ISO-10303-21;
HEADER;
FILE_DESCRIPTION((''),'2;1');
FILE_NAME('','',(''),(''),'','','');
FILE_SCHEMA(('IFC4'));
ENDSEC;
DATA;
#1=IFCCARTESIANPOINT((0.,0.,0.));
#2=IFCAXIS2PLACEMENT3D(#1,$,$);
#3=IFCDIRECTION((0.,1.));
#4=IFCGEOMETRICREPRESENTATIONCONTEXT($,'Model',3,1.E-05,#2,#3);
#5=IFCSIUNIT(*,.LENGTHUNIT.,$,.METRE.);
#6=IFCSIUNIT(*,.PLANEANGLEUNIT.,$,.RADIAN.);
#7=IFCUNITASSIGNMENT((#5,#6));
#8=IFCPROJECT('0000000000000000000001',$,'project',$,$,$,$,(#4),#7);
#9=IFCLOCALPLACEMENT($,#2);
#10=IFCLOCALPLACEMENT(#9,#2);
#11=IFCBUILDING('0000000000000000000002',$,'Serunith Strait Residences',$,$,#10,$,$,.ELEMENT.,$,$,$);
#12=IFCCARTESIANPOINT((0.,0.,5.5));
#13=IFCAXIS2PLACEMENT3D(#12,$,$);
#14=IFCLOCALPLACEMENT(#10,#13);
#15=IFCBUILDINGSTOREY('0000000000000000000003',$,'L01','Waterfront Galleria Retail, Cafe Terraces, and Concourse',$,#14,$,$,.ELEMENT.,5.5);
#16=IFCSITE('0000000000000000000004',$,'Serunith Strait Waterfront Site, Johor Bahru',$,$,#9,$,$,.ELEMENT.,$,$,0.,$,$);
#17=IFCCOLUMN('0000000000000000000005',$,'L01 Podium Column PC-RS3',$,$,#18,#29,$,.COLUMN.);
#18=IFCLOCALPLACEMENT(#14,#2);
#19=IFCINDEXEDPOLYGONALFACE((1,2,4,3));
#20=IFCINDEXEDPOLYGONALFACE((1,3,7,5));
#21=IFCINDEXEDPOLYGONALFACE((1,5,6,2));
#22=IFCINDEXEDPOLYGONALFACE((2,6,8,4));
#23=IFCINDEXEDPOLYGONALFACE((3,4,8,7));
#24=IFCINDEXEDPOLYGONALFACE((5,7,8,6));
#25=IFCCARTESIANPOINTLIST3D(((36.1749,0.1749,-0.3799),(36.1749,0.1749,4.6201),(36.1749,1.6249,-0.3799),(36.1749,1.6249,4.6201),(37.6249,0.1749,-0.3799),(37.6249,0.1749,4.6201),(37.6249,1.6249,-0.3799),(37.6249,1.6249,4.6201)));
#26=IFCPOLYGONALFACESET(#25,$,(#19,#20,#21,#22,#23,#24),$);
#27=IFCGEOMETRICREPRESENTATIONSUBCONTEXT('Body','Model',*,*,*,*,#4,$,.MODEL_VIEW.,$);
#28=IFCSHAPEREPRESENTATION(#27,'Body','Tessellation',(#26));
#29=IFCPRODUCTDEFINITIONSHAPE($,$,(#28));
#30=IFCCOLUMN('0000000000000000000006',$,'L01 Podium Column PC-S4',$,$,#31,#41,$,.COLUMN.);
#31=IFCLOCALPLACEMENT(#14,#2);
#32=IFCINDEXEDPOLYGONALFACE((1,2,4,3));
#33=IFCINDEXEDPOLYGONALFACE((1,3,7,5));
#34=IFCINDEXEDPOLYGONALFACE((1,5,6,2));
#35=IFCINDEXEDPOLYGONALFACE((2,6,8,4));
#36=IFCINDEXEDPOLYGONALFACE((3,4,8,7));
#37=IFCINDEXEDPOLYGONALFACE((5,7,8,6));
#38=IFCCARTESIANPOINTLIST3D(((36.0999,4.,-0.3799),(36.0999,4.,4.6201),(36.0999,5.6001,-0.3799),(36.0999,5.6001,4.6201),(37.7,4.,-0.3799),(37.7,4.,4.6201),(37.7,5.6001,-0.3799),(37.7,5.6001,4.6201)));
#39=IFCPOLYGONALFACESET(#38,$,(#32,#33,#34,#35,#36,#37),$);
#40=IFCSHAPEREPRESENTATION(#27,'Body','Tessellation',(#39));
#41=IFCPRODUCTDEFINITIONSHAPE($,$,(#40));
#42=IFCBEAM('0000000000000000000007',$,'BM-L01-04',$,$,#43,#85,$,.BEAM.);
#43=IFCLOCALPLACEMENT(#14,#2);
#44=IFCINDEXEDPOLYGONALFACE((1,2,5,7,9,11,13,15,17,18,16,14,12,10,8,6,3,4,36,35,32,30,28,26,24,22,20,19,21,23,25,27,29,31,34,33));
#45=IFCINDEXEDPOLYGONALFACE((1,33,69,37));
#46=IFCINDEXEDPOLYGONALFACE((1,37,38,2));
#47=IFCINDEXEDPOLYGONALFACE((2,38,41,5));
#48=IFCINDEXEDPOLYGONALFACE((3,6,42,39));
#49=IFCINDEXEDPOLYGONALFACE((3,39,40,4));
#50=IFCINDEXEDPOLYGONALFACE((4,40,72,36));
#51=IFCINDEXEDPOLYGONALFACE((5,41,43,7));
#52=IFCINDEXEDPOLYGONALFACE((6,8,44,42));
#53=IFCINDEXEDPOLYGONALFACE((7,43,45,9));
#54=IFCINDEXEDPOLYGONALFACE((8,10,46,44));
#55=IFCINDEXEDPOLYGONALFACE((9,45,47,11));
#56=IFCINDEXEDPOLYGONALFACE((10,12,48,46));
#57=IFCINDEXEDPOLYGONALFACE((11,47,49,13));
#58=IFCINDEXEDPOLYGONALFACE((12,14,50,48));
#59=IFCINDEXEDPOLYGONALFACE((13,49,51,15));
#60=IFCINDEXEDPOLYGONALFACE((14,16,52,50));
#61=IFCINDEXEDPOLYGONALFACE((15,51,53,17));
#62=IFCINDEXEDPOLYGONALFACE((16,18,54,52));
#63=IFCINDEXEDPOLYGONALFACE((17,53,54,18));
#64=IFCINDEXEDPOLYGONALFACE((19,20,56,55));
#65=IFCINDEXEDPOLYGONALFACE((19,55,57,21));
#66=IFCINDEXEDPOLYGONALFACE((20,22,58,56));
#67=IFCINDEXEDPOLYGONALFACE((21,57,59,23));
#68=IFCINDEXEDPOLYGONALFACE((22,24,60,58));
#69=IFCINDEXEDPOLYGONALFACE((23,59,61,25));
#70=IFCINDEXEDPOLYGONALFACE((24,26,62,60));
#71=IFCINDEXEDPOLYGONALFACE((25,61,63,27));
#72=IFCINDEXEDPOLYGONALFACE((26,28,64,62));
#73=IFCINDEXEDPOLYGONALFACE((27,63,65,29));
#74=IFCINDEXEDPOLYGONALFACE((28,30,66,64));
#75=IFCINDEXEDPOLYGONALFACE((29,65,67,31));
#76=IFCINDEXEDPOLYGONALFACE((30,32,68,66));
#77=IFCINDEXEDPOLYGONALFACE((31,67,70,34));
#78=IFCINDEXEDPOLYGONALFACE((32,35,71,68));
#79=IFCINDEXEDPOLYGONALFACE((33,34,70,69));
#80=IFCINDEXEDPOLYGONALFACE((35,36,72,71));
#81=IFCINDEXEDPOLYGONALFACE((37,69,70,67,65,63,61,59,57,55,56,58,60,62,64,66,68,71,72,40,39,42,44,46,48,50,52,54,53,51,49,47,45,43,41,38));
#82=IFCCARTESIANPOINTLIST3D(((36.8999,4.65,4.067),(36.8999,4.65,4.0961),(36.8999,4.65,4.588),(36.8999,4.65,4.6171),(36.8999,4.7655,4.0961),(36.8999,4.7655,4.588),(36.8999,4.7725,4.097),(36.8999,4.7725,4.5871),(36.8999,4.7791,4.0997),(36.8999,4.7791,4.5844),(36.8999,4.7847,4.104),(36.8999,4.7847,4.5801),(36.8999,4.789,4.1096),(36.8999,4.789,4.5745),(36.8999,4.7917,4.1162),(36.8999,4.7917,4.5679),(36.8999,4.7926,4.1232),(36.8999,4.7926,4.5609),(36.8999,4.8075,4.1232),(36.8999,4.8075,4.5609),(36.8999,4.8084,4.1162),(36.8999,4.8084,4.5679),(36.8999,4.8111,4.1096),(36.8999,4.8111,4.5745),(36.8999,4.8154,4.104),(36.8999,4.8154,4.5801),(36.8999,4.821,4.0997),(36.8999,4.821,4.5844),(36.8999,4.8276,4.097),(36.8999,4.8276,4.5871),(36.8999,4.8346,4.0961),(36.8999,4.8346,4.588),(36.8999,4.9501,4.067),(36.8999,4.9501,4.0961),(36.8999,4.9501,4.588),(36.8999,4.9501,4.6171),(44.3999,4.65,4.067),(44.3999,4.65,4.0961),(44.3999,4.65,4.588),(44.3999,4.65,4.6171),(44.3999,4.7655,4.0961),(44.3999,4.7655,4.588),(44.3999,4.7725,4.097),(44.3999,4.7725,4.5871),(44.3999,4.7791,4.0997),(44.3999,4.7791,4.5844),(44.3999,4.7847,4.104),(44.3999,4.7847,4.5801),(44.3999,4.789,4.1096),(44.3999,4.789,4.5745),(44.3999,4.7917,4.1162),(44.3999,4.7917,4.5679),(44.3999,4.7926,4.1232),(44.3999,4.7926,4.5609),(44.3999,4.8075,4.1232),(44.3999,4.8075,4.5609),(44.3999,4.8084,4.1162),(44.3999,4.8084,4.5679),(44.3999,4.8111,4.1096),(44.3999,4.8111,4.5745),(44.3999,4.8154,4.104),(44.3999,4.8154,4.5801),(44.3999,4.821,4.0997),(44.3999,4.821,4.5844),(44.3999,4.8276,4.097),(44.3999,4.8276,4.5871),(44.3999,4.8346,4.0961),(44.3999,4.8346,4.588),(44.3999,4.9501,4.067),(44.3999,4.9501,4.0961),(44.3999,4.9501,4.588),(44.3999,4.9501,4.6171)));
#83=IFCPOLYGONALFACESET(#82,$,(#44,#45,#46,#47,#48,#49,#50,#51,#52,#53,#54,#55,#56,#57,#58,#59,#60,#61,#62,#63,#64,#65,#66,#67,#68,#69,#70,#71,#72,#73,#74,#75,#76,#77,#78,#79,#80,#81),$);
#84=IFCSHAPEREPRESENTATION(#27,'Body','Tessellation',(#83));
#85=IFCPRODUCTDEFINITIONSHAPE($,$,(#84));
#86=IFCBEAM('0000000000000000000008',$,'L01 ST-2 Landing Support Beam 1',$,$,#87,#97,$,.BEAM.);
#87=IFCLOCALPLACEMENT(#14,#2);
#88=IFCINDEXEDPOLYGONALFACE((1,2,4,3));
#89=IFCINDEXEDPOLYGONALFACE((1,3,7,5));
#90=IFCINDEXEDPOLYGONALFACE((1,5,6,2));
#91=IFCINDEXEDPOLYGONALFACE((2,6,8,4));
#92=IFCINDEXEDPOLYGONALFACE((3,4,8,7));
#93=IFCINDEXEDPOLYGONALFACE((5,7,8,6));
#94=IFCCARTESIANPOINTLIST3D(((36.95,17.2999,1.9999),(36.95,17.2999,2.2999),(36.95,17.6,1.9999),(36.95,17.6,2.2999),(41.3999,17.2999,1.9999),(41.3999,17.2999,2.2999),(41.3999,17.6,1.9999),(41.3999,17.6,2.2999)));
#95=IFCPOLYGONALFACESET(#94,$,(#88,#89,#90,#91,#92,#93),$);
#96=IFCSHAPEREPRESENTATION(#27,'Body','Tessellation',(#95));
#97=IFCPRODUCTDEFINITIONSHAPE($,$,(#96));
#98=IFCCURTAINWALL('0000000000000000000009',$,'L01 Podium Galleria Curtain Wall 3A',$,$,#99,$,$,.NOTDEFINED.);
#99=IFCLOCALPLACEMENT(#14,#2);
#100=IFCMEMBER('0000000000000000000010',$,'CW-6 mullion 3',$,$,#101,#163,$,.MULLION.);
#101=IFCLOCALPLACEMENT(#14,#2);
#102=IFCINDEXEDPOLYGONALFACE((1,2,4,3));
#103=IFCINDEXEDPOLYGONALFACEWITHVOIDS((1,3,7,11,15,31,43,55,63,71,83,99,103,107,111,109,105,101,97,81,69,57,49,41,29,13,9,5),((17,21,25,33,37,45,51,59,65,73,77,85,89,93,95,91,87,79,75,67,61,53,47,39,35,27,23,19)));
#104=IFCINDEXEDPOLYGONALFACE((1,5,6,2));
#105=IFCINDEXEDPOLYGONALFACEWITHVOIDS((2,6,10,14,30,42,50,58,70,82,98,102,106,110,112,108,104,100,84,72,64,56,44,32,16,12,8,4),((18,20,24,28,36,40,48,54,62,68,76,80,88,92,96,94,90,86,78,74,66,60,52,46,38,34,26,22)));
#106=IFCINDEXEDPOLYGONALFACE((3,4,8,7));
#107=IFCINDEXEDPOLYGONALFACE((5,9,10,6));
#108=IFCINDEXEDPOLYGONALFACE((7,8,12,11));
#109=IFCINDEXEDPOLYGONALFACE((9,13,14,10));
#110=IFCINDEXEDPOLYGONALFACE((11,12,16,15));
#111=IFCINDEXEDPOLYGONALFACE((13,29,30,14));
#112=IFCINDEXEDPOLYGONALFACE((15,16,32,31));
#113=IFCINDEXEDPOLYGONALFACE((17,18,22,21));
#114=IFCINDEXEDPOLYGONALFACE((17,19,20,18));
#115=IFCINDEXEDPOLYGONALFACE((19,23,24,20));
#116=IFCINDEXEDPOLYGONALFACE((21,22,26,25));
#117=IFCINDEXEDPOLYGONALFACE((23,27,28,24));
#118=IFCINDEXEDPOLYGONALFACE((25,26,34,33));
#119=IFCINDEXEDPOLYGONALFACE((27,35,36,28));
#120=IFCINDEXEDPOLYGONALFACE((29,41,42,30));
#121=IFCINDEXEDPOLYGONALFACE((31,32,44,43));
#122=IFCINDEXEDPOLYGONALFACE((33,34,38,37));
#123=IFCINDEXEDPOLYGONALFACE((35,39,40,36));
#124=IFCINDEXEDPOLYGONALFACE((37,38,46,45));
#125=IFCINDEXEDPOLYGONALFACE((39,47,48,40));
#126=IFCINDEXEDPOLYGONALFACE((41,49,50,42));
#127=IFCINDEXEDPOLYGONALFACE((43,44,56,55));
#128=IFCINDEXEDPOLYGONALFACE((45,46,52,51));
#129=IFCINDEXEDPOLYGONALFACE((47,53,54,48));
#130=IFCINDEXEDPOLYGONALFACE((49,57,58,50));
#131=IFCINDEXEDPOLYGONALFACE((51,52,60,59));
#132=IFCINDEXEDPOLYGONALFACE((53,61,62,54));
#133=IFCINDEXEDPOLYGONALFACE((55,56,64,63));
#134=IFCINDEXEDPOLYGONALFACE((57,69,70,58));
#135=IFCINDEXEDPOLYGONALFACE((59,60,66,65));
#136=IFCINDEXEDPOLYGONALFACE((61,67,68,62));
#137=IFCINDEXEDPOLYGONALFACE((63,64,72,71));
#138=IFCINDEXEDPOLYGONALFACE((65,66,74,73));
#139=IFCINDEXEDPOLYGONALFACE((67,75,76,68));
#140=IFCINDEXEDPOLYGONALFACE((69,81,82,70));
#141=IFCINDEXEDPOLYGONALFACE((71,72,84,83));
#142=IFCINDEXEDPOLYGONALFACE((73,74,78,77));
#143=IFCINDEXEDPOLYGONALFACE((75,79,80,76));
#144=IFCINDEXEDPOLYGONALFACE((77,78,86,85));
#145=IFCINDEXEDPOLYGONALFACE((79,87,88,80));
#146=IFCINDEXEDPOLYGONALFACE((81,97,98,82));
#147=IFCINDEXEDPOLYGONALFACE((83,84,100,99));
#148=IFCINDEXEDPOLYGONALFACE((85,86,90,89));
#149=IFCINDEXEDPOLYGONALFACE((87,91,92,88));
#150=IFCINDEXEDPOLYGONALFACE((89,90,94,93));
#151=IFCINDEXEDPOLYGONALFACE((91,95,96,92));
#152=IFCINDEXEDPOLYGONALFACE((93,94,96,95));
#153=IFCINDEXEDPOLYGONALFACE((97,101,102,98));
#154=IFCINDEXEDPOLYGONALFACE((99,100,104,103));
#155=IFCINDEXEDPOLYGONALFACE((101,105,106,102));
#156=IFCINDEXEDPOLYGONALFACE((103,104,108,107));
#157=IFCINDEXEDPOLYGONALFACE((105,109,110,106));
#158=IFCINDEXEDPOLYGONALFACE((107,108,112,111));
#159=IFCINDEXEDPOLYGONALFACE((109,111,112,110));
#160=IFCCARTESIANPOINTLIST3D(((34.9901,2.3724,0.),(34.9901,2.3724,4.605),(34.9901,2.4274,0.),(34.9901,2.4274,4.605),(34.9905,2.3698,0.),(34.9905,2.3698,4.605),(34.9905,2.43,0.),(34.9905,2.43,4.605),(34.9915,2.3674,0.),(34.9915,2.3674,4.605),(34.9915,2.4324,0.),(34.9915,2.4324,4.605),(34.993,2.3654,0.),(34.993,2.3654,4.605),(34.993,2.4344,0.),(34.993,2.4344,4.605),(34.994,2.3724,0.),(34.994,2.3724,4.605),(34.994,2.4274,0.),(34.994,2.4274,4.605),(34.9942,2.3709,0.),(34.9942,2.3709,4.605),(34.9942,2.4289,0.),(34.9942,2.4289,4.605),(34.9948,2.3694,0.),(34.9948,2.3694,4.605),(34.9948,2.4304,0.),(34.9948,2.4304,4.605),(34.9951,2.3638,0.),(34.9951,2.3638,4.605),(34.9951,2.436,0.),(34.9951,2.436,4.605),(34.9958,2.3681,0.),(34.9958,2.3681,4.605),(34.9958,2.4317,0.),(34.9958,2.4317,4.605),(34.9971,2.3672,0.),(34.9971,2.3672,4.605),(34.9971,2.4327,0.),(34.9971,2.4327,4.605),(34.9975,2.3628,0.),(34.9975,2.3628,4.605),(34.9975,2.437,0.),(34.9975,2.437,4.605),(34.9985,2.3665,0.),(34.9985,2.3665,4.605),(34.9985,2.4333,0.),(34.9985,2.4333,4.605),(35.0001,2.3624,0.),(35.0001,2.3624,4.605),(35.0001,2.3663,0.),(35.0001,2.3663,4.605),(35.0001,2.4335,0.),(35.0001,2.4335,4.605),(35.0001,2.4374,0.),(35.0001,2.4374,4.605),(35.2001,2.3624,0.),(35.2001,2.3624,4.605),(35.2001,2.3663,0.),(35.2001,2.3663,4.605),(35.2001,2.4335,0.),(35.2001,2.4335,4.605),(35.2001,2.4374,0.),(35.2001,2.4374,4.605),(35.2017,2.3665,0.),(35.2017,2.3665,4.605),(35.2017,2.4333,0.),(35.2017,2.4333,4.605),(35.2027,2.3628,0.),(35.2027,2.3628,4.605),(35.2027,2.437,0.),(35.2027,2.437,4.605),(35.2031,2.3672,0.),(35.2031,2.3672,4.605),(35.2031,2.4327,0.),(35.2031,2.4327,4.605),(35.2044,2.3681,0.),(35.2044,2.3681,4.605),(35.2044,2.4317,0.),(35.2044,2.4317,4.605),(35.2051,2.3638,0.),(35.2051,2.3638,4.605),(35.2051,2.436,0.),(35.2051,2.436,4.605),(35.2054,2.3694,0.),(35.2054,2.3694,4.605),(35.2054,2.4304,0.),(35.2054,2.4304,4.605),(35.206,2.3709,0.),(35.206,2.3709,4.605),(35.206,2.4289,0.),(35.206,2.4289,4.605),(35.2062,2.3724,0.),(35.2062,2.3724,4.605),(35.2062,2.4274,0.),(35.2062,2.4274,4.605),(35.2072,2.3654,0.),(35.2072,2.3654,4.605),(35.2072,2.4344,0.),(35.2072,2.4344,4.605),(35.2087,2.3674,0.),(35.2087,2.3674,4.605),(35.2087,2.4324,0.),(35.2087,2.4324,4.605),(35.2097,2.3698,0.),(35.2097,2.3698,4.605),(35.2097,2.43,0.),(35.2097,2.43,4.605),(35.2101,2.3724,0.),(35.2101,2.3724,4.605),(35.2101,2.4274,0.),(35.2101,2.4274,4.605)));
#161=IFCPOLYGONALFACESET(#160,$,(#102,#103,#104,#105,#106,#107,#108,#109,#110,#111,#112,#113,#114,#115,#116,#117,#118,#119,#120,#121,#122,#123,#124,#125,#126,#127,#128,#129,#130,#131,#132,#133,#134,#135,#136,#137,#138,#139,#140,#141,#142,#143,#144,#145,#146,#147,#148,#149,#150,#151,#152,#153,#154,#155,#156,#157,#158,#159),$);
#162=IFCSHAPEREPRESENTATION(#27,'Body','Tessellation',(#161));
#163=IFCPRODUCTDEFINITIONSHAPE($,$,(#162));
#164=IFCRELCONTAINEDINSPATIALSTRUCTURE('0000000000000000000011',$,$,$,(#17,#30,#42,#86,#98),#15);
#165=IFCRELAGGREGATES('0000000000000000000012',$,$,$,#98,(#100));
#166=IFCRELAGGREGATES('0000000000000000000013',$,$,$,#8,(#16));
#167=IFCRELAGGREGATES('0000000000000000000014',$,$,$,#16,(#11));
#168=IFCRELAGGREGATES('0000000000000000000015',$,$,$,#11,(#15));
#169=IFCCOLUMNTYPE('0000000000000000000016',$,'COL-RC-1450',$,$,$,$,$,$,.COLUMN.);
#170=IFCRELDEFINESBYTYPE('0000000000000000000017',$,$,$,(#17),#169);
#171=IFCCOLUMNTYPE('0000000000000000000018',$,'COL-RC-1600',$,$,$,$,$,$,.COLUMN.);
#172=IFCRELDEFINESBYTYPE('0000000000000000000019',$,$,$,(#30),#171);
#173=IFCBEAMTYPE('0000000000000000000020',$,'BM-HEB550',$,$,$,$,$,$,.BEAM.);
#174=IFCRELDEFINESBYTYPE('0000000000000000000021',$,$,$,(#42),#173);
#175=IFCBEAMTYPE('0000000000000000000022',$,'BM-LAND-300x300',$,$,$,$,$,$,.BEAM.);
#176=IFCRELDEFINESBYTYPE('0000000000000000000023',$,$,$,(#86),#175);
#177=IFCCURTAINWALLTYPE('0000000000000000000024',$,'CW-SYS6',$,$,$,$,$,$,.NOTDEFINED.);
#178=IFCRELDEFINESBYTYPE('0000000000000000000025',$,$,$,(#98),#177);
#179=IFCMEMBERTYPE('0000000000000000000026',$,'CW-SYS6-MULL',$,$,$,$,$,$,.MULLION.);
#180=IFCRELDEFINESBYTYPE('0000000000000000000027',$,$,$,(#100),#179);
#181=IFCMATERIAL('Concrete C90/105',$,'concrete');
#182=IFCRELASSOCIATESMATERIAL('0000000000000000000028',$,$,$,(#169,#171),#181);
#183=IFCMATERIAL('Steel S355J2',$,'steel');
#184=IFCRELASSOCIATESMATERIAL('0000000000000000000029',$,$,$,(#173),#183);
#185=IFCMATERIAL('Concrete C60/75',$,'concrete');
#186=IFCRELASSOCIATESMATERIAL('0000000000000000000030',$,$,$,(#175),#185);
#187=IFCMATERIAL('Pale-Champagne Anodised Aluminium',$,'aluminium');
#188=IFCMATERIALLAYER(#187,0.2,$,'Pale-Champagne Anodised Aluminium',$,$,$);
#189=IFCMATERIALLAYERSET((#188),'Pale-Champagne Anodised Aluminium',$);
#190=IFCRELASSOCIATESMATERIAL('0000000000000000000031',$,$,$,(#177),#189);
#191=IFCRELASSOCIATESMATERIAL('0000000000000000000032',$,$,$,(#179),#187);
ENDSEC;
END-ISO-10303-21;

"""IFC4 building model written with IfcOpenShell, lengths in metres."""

from ifc_helpers import new_model, si_unit, direction, frame, origin, origin_2d, place, context, subcontext, project, spatial, rectangle, hollow_rectangle, i_section, extrude, source, transform, mapped, material, layer, layer_set, material_profile, profile_set, type_object, element, aggregate, save


model = new_model("IFC4")

# Units and contexts
model_context = context("Model", 3, precision=1e-05, world=origin(), true_north=direction((0.0, 1.0)))
body_context = subcontext(model_context, "Body", "Model", "MODEL_VIEW")
ifc_project = project(units=[si_unit("LENGTHUNIT", "METRE"), si_unit("PLANEANGLEUNIT", "RADIAN")], contexts=[model_context])

# Site, building, storey
site_placement = place(None, origin())
site = spatial("IfcSite", under=ifc_project, at=site_placement, Name="Serunith Strait Waterfront Site, Johor Bahru", CompositionType="ELEMENT", RefElevation=0.0)
building_placement = place(site_placement, origin())
building = spatial("IfcBuilding", under=site, at=building_placement, Name="Serunith Strait Residences", CompositionType="ELEMENT")
storey_placement = place(building_placement, frame((0.0, 0.0, 5.5)))
storey = spatial("IfcBuildingStorey", under=building, at=storey_placement, Name="L01", Description="Waterfront Galleria Retail, Cafe Terraces, and Concourse", CompositionType="ELEMENT", Elevation=5.5)

# Columns
ifc_material_1 = material(Name="Concrete C90/105", Category="concrete")
ifc_material_profile_1 = material_profile(ifc_material_1, rectangle(XDim=1.45, YDim=1.45, at=origin_2d()), Name="RC 1450x1450")
ifc_profile_set_1 = profile_set([ifc_material_profile_1], Name="Concrete C90/105")
column_type_1 = type_object("IfcColumnType", Name="COL-RC-1450", PredefinedType="COLUMN", material=ifc_profile_set_1)
shared_shape_1 = source(origin(), body_context, "Body", "SweptSolid", [
    extrude(rectangle(XDim=1.45, YDim=1.45, at=origin_2d()), origin(), (0.0, 0.0, 1.0), 5.0),
])
column_1_placement = place(storey_placement, frame((36.8999, 0.8999, -0.3799), z_axis=(0.0, 0.0, 1.0), x_axis=(1.0, 0.0, 0.0)))
element("IfcColumn", 1, at=column_1_placement, inside=storey, type_object=column_type_1, Name="L01 Podium Column PC-RS3", PredefinedType="COLUMN", context=body_context, shape_type="MappedRepresentation", body=[
    mapped(shared_shape_1, transform((0.0, 0.0, 0.0), scale=1.0)),
])
ifc_material_profile_2 = material_profile(ifc_material_1, rectangle(XDim=1.6001, YDim=1.6001, at=origin_2d()), Name="RC 1600x1600")
ifc_profile_set_2 = profile_set([ifc_material_profile_2], Name="Concrete C90/105")
column_type_2 = type_object("IfcColumnType", Name="COL-RC-1600", PredefinedType="COLUMN", material=ifc_profile_set_2)
shared_shape_2 = source(origin(), body_context, "Body", "SweptSolid", [
    extrude(rectangle(XDim=1.6001, YDim=1.6001, at=origin_2d()), origin(), (0.0, 0.0, 1.0), 5.0),
])
column_2_placement = place(storey_placement, frame((36.8999, 4.8, -0.3799), z_axis=(0.0, 0.0, 1.0), x_axis=(1.0, 0.0, 0.0)))
element("IfcColumn", 2, at=column_2_placement, inside=storey, type_object=column_type_2, Name="L01 Podium Column PC-S4", PredefinedType="COLUMN", context=body_context, shape_type="MappedRepresentation", body=[
    mapped(shared_shape_2, transform((0.0, 0.0, 0.0), scale=1.0)),
])

# Beams
ifc_material_2 = material(Name="Steel S355J2", Category="steel")
ifc_material_profile_3 = material_profile(ifc_material_2, i_section(OverallWidth=0.3, OverallDepth=0.55, WebThickness=0.0149, FlangeThickness=0.0291, FilletRadius=0.0271, at=origin_2d()), Name="HEB 550")
ifc_profile_set_3 = profile_set([ifc_material_profile_3], Name="Steel S355J2")
beam_type_1 = type_object("IfcBeamType", Name="BM-HEB550", PredefinedType="BEAM", material=ifc_profile_set_3)
shared_shape_3 = source(origin(), body_context, "Body", "SweptSolid", [
    extrude(i_section(OverallWidth=0.3, OverallDepth=0.55, WebThickness=0.0149, FlangeThickness=0.0291, FilletRadius=0.0271, at=origin_2d()), origin(), (0.0, 0.0, 1.0), 7.5),
])
beam_1_placement = place(storey_placement, frame((36.8999, 4.8, 4.342), z_axis=(1.0, 0.0, 0.0), x_axis=(0.0, 1.0, 0.0)))
element("IfcBeam", 3, at=beam_1_placement, inside=storey, type_object=beam_type_1, Name="BM-L01-04", PredefinedType="BEAM", context=body_context, shape_type="MappedRepresentation", body=[
    mapped(shared_shape_3, transform((0.0, 0.0, 0.0), scale=1.0)),
])
ifc_material_3 = material(Name="Concrete C60/75", Category="concrete")
ifc_material_profile_4 = material_profile(ifc_material_3, rectangle(XDim=0.3, YDim=0.3, at=origin_2d()), Name="RC 300x300")
ifc_profile_set_4 = profile_set([ifc_material_profile_4], Name="Concrete C60/75")
beam_type_2 = type_object("IfcBeamType", Name="BM-LAND-300x300", PredefinedType="BEAM", material=ifc_profile_set_4)
shared_shape_4 = source(origin(), body_context, "Body", "SweptSolid", [
    extrude(rectangle(XDim=0.3, YDim=0.3, at=origin_2d()), origin(), (0.0, 0.0, 1.0), 4.45),
])
beam_2_placement = place(storey_placement, frame((36.95, 17.45, 2.1499), z_axis=(1.0, 0.0, 0.0), x_axis=(0.0, 1.0, 0.0)))
element("IfcBeam", 4, at=beam_2_placement, inside=storey, type_object=beam_type_2, Name="L01 ST-2 Landing Support Beam 1", PredefinedType="BEAM", context=body_context, shape_type="MappedRepresentation", body=[
    mapped(shared_shape_4, transform((0.0, 0.0, 0.0), scale=1.0)),
])

# Curtain wall, member
ifc_material_4 = material(Name="Pale-Champagne Anodised Aluminium", Category="aluminium")
ifc_layer_1 = layer(ifc_material_4, 0.2, Name="Pale-Champagne Anodised Aluminium")
ifc_layer_set_1 = layer_set([ifc_layer_1], Name="Pale-Champagne Anodised Aluminium")
curtain_wall_type = type_object("IfcCurtainWallType", Name="CW-SYS6", PredefinedType="NOTDEFINED", material=ifc_layer_set_1)
curtain_wall_placement = place(storey_placement, origin())
curtain_wall = element("IfcCurtainWall", 5, at=curtain_wall_placement, inside=storey, type_object=curtain_wall_type, Name="L01 Podium Galleria Curtain Wall 3A", PredefinedType="NOTDEFINED")
ifc_material_profile_5 = material_profile(ifc_material_4, hollow_rectangle(XDim=0.075, YDim=0.22, WallThickness=0.0039, InnerFilletRadius=0.0061, OuterFilletRadius=0.01, at=origin_2d()), Name="ALU 220x75x4")
ifc_profile_set_5 = profile_set([ifc_material_profile_5], Name="Pale-Champagne Anodised Aluminium")
member_type_1 = type_object("IfcMemberType", Name="CW-SYS6-MULL", PredefinedType="MULLION", material=ifc_profile_set_5)
shared_shape_5 = source(origin(), body_context, "Body", "SweptSolid", [
    extrude(hollow_rectangle(XDim=0.075, YDim=0.22, WallThickness=0.0039, InnerFilletRadius=0.0061, OuterFilletRadius=0.01, at=origin_2d()), origin(), (0.0, 0.0, 1.0), 4.605),
])
member_1_placement = place(storey_placement, frame((35.1001, 2.3999, 0.0), z_axis=(0.0, 0.0, 1.0), x_axis=(0.0, 1.0, 0.0)))
member_1 = element("IfcMember", 6, at=member_1_placement, type_object=member_type_1, Name="CW-6 mullion 3", PredefinedType="MULLION", context=body_context, shape_type="MappedRepresentation", body=[
    mapped(shared_shape_5, transform((0.0, 0.0, 0.0), scale=1.0)),
])
aggregate(curtain_wall, [member_1])

save(model, "model.ifc")
